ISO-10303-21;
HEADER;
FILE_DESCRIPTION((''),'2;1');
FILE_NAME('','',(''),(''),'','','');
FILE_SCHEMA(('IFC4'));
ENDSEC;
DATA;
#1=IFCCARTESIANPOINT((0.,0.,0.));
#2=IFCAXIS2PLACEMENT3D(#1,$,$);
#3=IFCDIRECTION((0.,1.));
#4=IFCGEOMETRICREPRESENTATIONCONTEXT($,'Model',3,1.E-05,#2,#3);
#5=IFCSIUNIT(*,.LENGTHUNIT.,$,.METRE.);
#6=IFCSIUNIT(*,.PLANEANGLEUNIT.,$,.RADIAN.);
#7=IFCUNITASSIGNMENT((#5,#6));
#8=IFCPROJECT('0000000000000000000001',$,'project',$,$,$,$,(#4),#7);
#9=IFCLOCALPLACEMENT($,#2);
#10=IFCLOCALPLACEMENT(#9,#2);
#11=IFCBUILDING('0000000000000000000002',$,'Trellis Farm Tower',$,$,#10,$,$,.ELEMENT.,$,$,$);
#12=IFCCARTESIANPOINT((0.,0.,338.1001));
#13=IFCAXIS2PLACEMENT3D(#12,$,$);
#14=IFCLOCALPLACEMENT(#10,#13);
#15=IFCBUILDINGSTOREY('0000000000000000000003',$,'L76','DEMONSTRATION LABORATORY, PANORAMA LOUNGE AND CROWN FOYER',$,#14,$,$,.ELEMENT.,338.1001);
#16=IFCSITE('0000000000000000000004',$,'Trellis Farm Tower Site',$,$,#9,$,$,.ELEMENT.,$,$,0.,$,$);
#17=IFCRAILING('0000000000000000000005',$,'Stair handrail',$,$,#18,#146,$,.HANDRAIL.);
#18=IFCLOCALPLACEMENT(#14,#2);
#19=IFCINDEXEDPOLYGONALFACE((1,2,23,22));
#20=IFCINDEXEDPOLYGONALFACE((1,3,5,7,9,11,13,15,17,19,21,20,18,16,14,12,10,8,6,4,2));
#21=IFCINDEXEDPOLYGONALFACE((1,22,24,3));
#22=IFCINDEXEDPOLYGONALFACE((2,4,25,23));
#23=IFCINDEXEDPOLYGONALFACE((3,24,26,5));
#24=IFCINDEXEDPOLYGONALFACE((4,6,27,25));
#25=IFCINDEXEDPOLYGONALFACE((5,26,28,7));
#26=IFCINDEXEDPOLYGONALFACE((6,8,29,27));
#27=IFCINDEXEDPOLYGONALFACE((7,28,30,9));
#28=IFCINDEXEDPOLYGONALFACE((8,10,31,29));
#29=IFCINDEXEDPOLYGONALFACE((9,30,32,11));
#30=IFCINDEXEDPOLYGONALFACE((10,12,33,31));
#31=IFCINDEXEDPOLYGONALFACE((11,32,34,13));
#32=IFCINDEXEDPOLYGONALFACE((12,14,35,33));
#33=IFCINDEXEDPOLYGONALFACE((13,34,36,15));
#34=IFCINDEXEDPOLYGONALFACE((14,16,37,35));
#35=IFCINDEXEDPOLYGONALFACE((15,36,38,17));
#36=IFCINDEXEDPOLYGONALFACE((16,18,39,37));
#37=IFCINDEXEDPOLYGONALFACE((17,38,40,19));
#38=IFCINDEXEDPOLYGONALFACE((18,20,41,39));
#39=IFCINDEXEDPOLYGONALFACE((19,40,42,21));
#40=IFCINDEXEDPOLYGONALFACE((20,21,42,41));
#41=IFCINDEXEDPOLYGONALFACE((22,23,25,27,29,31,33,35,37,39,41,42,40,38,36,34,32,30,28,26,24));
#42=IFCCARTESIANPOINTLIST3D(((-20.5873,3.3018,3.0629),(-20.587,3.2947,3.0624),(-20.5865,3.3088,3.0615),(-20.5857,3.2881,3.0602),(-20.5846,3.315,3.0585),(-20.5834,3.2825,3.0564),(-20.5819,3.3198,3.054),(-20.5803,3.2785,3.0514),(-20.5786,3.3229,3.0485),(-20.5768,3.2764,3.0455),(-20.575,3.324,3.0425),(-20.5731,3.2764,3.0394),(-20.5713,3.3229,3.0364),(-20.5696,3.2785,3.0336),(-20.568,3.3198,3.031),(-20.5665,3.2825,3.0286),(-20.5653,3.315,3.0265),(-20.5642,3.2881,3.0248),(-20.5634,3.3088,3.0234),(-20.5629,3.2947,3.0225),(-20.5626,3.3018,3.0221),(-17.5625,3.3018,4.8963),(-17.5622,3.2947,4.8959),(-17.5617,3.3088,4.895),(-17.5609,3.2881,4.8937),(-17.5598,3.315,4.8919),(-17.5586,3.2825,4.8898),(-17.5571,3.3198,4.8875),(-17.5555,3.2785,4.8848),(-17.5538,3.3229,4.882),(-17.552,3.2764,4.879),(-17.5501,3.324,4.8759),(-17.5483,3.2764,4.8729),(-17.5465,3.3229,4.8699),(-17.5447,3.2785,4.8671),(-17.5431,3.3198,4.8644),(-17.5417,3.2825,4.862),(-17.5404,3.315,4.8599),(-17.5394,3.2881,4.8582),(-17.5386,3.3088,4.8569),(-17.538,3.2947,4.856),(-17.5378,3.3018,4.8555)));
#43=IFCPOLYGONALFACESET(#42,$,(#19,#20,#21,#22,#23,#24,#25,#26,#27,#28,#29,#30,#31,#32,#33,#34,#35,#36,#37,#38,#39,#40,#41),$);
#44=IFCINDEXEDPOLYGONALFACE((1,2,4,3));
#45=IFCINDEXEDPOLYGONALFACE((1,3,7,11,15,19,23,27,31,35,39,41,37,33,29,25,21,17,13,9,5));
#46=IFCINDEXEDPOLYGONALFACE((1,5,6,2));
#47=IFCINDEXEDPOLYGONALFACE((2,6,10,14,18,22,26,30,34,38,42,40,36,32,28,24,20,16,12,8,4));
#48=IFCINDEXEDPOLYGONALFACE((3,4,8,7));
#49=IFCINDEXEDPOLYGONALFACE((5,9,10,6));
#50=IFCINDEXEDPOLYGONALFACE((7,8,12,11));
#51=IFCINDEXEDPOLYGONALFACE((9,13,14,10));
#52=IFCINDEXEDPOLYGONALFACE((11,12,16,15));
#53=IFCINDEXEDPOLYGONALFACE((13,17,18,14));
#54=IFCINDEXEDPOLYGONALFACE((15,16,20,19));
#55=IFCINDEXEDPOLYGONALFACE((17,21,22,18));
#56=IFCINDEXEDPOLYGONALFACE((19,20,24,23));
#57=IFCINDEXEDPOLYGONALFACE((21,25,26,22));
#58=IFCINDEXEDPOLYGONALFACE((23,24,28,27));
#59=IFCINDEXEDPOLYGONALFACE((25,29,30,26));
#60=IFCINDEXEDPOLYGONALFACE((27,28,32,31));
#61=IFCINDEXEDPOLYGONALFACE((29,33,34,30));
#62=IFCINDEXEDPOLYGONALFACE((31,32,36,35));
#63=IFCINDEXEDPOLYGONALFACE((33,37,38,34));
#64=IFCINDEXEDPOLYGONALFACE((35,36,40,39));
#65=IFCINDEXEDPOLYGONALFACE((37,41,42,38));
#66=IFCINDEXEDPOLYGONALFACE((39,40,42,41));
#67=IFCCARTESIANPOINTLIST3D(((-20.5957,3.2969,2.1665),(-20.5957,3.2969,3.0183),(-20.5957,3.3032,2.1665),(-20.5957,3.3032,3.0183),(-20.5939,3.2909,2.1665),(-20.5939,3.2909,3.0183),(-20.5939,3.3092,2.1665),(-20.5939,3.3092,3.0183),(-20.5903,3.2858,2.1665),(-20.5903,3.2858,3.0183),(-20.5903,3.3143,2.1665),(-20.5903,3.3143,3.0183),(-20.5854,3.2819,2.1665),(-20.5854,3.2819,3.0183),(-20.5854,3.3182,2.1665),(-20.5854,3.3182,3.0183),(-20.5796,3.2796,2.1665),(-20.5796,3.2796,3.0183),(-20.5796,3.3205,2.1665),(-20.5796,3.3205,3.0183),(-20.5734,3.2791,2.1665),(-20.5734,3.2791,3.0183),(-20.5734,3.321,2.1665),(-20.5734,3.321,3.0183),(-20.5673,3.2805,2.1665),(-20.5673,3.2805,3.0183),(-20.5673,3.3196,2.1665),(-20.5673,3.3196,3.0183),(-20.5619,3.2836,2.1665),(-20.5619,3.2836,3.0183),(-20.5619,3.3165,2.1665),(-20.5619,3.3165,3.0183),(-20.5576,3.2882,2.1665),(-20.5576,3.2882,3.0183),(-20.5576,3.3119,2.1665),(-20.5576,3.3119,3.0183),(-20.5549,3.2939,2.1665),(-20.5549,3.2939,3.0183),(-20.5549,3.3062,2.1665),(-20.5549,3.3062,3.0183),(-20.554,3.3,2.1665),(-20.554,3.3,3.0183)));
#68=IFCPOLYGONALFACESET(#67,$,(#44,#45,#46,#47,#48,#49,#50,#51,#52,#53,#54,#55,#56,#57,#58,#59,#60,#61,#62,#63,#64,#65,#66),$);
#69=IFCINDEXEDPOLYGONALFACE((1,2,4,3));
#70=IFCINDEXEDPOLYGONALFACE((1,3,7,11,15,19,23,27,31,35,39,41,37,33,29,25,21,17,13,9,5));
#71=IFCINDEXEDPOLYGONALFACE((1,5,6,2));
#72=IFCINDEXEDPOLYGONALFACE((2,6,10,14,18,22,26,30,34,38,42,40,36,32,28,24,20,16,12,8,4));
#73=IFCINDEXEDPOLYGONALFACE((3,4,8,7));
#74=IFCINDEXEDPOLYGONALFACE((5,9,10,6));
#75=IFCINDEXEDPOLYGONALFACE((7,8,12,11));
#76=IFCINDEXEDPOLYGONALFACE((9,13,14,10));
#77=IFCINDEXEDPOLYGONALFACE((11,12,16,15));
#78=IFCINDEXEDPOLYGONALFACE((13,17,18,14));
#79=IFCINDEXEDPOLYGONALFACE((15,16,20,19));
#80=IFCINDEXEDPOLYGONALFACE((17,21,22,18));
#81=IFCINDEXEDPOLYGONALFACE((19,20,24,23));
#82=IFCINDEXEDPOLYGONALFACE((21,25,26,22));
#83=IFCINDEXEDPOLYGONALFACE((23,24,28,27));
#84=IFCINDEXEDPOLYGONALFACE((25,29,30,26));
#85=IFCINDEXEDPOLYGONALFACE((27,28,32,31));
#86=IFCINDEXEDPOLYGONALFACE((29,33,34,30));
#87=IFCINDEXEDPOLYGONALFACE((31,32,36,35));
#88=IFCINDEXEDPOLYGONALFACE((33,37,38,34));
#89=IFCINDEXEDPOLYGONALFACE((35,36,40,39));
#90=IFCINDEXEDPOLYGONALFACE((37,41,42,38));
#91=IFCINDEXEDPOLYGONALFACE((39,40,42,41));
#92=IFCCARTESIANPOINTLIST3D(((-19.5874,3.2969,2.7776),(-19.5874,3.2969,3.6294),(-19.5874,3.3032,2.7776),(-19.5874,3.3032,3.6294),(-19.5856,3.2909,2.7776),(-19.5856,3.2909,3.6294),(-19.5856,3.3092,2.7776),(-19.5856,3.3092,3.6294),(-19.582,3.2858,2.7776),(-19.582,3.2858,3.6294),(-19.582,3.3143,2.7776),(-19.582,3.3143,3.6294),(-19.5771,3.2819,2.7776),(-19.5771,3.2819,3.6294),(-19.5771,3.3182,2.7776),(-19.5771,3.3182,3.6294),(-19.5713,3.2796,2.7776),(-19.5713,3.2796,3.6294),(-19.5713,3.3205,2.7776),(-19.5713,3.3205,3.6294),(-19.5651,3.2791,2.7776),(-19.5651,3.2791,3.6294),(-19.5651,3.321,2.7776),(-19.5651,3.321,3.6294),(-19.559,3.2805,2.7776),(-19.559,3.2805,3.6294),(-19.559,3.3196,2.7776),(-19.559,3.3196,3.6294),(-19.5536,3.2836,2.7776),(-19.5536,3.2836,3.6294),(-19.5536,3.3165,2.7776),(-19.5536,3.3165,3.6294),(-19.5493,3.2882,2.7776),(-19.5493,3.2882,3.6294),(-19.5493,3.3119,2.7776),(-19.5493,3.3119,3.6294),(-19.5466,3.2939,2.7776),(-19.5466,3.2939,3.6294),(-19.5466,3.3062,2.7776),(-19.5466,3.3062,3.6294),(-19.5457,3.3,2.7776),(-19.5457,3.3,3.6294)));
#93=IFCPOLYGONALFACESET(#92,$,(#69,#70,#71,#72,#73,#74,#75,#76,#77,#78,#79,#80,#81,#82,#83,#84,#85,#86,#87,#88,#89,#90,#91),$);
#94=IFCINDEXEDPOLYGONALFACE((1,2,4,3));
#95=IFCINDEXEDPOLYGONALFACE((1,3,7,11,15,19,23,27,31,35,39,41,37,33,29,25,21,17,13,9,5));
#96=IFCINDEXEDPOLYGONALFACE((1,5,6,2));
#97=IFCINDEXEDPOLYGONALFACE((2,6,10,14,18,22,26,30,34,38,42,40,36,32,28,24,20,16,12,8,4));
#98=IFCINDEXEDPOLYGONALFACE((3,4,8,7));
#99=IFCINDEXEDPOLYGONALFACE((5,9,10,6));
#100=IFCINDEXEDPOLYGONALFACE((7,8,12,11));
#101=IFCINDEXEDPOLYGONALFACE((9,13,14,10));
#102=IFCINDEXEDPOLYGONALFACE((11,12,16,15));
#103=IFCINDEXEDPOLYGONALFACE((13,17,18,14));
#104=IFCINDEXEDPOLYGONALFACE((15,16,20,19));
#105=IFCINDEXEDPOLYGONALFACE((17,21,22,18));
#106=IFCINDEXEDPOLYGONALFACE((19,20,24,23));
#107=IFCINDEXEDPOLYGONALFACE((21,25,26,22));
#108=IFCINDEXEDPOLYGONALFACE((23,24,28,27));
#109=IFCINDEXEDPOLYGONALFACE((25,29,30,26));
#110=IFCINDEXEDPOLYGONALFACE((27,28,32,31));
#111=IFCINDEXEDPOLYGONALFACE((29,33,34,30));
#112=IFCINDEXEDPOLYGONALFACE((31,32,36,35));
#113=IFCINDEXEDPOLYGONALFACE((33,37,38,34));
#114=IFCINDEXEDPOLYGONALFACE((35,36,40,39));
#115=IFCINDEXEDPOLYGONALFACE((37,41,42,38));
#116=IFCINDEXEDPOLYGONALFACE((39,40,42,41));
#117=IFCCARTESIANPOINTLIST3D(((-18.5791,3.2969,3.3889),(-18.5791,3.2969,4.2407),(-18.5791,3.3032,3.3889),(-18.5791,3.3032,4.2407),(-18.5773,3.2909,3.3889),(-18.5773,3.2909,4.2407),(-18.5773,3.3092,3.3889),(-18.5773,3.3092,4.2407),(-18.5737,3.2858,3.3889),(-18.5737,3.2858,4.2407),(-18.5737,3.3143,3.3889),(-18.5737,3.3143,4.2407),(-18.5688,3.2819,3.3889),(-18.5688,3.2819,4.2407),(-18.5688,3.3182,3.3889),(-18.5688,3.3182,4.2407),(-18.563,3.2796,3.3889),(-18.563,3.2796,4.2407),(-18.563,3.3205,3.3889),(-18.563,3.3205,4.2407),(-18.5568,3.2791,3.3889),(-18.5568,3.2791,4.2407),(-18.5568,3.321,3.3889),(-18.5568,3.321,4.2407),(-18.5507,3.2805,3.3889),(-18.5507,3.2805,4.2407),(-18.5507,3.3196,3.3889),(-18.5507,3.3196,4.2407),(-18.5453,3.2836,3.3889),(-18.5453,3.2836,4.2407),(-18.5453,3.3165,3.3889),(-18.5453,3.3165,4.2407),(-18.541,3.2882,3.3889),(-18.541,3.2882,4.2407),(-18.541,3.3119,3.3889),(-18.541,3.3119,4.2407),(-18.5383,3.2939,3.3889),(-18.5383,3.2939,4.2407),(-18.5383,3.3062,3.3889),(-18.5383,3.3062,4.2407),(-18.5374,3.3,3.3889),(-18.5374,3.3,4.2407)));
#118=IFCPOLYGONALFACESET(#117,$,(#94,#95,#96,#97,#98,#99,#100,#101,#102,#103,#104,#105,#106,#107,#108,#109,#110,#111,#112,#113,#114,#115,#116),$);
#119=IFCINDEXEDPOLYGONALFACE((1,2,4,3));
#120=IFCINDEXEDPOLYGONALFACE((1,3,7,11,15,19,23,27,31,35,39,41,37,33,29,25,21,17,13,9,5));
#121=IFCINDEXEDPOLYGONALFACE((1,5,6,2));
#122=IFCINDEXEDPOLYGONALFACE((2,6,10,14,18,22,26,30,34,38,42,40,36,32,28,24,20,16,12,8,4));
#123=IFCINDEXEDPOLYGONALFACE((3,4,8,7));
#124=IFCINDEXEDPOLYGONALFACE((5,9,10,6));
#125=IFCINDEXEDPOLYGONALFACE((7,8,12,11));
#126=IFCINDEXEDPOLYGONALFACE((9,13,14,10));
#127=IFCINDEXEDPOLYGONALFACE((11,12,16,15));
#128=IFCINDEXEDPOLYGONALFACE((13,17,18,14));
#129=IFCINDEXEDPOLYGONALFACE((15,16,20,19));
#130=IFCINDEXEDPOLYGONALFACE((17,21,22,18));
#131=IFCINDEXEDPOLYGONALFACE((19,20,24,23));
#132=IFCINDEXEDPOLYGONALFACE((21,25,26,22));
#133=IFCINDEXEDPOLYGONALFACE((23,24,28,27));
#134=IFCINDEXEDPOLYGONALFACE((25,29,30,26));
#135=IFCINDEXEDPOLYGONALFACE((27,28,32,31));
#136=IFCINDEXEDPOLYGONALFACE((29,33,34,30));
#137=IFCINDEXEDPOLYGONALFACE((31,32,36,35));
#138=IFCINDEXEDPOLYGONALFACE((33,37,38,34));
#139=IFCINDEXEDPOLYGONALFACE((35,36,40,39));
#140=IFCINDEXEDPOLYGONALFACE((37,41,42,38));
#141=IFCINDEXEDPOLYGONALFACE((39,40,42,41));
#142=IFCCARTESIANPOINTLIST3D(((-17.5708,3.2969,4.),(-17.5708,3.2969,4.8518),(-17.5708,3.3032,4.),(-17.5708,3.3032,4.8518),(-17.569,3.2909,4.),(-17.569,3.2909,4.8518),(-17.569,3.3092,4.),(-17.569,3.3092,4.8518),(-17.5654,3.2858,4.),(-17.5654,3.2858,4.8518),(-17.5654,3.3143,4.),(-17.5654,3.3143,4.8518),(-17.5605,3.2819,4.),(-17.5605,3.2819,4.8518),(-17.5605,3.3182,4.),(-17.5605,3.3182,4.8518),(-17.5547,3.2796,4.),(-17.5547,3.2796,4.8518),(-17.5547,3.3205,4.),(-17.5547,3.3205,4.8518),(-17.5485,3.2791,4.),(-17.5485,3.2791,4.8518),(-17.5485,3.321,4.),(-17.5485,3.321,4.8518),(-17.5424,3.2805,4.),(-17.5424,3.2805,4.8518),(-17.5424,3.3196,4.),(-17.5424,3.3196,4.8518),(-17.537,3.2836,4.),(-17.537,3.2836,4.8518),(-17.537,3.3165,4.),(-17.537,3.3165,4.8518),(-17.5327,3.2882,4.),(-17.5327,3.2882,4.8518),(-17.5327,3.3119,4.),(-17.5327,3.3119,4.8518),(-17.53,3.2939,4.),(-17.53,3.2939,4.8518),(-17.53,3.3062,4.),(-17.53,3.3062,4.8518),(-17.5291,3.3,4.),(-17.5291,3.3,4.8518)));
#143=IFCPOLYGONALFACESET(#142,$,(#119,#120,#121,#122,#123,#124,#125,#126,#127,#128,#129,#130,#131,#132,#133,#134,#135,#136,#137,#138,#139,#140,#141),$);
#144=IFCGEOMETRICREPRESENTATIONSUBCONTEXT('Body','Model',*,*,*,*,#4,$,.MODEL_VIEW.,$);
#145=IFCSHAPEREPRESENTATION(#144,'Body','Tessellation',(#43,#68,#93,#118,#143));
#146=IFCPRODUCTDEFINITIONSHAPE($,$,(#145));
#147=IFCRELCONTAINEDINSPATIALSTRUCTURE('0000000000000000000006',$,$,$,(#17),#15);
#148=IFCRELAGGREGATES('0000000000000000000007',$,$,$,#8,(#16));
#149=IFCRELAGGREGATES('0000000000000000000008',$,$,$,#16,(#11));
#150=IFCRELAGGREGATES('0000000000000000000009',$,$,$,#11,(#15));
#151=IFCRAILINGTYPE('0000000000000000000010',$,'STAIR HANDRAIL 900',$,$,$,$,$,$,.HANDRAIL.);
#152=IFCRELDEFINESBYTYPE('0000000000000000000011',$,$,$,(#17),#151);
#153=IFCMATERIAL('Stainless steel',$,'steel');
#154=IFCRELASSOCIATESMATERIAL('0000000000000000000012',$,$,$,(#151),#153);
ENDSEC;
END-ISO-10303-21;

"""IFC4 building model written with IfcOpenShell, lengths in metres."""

from ifc_helpers import new_model, si_unit, direction, frame, origin, origin_2d, place, context, subcontext, project, spatial, circle, extrude, source, transform, mapped, material, type_object, element, save


model = new_model("IFC4")

# Units and contexts
model_context = context("Model", 3, precision=1e-05, world=origin(), true_north=direction((0.0, 1.0)))
body_context = subcontext(model_context, "Body", "Model", "MODEL_VIEW")
ifc_project = project(units=[si_unit("LENGTHUNIT", "METRE"), si_unit("PLANEANGLEUNIT", "RADIAN")], contexts=[model_context])

# Site, building, storey
site_placement = place(None, origin())
site = spatial("IfcSite", under=ifc_project, at=site_placement, Name="Trellis Farm Tower Site", CompositionType="ELEMENT", RefElevation=0.0)
building_placement = place(site_placement, origin())
building = spatial("IfcBuilding", under=site, at=building_placement, Name="Trellis Farm Tower", CompositionType="ELEMENT")
storey_placement = place(building_placement, frame((0.0, 0.0, 338.1001)))
storey = spatial("IfcBuildingStorey", under=building, at=storey_placement, Name="L76", Description="DEMONSTRATION LABORATORY, PANORAMA LOUNGE AND CROWN FOYER", CompositionType="ELEMENT", Elevation=338.1001)

# Railing
ifc_material_1 = material(Name="Stainless steel", Category="steel")
railing_type = type_object("IfcRailingType", Name="STAIR HANDRAIL 900", PredefinedType="HANDRAIL", material=ifc_material_1)
shared_shape_1 = source(origin(), body_context, "Body", "SweptSolid", [
    extrude(circle(Radius=0.0239, at=origin_2d()), frame((0.0, 0.0, 0.876), z_axis=(0.85517, 0.0, 0.518348), x_axis=(0.0, 1.0, 0.0)), (0.0, 0.0, 1.0), 3.5371),
    extrude(circle(Radius=0.021, at=origin_2d()), origin(), (0.0, 0.0, 1.0), 0.8518),
    extrude(circle(Radius=0.021, at=origin_2d()), frame((1.0083, 0.0, 0.6111)), (0.0, 0.0, 1.0), 0.8518),
    extrude(circle(Radius=0.021, at=origin_2d()), frame((2.0166, 0.0, 1.2224)), (0.0, 0.0, 1.0), 0.8518),
    extrude(circle(Radius=0.021, at=origin_2d()), frame((3.0249, 0.0, 1.8335)), (0.0, 0.0, 1.0), 0.8518),
])
for number, where, name in (
    (1, (-20.575, 3.3, 2.1665), "Stair handrail"),
):
    element("IfcRailing", number, at=place(storey_placement, frame(where)), inside=storey, type_object=railing_type, Name=name, PredefinedType="HANDRAIL", context=body_context, shape_type="MappedRepresentation", body=[
        mapped(shared_shape_1, transform((0.0, 0.0, 0.0))),
    ])

save(model, "model.ifc")
